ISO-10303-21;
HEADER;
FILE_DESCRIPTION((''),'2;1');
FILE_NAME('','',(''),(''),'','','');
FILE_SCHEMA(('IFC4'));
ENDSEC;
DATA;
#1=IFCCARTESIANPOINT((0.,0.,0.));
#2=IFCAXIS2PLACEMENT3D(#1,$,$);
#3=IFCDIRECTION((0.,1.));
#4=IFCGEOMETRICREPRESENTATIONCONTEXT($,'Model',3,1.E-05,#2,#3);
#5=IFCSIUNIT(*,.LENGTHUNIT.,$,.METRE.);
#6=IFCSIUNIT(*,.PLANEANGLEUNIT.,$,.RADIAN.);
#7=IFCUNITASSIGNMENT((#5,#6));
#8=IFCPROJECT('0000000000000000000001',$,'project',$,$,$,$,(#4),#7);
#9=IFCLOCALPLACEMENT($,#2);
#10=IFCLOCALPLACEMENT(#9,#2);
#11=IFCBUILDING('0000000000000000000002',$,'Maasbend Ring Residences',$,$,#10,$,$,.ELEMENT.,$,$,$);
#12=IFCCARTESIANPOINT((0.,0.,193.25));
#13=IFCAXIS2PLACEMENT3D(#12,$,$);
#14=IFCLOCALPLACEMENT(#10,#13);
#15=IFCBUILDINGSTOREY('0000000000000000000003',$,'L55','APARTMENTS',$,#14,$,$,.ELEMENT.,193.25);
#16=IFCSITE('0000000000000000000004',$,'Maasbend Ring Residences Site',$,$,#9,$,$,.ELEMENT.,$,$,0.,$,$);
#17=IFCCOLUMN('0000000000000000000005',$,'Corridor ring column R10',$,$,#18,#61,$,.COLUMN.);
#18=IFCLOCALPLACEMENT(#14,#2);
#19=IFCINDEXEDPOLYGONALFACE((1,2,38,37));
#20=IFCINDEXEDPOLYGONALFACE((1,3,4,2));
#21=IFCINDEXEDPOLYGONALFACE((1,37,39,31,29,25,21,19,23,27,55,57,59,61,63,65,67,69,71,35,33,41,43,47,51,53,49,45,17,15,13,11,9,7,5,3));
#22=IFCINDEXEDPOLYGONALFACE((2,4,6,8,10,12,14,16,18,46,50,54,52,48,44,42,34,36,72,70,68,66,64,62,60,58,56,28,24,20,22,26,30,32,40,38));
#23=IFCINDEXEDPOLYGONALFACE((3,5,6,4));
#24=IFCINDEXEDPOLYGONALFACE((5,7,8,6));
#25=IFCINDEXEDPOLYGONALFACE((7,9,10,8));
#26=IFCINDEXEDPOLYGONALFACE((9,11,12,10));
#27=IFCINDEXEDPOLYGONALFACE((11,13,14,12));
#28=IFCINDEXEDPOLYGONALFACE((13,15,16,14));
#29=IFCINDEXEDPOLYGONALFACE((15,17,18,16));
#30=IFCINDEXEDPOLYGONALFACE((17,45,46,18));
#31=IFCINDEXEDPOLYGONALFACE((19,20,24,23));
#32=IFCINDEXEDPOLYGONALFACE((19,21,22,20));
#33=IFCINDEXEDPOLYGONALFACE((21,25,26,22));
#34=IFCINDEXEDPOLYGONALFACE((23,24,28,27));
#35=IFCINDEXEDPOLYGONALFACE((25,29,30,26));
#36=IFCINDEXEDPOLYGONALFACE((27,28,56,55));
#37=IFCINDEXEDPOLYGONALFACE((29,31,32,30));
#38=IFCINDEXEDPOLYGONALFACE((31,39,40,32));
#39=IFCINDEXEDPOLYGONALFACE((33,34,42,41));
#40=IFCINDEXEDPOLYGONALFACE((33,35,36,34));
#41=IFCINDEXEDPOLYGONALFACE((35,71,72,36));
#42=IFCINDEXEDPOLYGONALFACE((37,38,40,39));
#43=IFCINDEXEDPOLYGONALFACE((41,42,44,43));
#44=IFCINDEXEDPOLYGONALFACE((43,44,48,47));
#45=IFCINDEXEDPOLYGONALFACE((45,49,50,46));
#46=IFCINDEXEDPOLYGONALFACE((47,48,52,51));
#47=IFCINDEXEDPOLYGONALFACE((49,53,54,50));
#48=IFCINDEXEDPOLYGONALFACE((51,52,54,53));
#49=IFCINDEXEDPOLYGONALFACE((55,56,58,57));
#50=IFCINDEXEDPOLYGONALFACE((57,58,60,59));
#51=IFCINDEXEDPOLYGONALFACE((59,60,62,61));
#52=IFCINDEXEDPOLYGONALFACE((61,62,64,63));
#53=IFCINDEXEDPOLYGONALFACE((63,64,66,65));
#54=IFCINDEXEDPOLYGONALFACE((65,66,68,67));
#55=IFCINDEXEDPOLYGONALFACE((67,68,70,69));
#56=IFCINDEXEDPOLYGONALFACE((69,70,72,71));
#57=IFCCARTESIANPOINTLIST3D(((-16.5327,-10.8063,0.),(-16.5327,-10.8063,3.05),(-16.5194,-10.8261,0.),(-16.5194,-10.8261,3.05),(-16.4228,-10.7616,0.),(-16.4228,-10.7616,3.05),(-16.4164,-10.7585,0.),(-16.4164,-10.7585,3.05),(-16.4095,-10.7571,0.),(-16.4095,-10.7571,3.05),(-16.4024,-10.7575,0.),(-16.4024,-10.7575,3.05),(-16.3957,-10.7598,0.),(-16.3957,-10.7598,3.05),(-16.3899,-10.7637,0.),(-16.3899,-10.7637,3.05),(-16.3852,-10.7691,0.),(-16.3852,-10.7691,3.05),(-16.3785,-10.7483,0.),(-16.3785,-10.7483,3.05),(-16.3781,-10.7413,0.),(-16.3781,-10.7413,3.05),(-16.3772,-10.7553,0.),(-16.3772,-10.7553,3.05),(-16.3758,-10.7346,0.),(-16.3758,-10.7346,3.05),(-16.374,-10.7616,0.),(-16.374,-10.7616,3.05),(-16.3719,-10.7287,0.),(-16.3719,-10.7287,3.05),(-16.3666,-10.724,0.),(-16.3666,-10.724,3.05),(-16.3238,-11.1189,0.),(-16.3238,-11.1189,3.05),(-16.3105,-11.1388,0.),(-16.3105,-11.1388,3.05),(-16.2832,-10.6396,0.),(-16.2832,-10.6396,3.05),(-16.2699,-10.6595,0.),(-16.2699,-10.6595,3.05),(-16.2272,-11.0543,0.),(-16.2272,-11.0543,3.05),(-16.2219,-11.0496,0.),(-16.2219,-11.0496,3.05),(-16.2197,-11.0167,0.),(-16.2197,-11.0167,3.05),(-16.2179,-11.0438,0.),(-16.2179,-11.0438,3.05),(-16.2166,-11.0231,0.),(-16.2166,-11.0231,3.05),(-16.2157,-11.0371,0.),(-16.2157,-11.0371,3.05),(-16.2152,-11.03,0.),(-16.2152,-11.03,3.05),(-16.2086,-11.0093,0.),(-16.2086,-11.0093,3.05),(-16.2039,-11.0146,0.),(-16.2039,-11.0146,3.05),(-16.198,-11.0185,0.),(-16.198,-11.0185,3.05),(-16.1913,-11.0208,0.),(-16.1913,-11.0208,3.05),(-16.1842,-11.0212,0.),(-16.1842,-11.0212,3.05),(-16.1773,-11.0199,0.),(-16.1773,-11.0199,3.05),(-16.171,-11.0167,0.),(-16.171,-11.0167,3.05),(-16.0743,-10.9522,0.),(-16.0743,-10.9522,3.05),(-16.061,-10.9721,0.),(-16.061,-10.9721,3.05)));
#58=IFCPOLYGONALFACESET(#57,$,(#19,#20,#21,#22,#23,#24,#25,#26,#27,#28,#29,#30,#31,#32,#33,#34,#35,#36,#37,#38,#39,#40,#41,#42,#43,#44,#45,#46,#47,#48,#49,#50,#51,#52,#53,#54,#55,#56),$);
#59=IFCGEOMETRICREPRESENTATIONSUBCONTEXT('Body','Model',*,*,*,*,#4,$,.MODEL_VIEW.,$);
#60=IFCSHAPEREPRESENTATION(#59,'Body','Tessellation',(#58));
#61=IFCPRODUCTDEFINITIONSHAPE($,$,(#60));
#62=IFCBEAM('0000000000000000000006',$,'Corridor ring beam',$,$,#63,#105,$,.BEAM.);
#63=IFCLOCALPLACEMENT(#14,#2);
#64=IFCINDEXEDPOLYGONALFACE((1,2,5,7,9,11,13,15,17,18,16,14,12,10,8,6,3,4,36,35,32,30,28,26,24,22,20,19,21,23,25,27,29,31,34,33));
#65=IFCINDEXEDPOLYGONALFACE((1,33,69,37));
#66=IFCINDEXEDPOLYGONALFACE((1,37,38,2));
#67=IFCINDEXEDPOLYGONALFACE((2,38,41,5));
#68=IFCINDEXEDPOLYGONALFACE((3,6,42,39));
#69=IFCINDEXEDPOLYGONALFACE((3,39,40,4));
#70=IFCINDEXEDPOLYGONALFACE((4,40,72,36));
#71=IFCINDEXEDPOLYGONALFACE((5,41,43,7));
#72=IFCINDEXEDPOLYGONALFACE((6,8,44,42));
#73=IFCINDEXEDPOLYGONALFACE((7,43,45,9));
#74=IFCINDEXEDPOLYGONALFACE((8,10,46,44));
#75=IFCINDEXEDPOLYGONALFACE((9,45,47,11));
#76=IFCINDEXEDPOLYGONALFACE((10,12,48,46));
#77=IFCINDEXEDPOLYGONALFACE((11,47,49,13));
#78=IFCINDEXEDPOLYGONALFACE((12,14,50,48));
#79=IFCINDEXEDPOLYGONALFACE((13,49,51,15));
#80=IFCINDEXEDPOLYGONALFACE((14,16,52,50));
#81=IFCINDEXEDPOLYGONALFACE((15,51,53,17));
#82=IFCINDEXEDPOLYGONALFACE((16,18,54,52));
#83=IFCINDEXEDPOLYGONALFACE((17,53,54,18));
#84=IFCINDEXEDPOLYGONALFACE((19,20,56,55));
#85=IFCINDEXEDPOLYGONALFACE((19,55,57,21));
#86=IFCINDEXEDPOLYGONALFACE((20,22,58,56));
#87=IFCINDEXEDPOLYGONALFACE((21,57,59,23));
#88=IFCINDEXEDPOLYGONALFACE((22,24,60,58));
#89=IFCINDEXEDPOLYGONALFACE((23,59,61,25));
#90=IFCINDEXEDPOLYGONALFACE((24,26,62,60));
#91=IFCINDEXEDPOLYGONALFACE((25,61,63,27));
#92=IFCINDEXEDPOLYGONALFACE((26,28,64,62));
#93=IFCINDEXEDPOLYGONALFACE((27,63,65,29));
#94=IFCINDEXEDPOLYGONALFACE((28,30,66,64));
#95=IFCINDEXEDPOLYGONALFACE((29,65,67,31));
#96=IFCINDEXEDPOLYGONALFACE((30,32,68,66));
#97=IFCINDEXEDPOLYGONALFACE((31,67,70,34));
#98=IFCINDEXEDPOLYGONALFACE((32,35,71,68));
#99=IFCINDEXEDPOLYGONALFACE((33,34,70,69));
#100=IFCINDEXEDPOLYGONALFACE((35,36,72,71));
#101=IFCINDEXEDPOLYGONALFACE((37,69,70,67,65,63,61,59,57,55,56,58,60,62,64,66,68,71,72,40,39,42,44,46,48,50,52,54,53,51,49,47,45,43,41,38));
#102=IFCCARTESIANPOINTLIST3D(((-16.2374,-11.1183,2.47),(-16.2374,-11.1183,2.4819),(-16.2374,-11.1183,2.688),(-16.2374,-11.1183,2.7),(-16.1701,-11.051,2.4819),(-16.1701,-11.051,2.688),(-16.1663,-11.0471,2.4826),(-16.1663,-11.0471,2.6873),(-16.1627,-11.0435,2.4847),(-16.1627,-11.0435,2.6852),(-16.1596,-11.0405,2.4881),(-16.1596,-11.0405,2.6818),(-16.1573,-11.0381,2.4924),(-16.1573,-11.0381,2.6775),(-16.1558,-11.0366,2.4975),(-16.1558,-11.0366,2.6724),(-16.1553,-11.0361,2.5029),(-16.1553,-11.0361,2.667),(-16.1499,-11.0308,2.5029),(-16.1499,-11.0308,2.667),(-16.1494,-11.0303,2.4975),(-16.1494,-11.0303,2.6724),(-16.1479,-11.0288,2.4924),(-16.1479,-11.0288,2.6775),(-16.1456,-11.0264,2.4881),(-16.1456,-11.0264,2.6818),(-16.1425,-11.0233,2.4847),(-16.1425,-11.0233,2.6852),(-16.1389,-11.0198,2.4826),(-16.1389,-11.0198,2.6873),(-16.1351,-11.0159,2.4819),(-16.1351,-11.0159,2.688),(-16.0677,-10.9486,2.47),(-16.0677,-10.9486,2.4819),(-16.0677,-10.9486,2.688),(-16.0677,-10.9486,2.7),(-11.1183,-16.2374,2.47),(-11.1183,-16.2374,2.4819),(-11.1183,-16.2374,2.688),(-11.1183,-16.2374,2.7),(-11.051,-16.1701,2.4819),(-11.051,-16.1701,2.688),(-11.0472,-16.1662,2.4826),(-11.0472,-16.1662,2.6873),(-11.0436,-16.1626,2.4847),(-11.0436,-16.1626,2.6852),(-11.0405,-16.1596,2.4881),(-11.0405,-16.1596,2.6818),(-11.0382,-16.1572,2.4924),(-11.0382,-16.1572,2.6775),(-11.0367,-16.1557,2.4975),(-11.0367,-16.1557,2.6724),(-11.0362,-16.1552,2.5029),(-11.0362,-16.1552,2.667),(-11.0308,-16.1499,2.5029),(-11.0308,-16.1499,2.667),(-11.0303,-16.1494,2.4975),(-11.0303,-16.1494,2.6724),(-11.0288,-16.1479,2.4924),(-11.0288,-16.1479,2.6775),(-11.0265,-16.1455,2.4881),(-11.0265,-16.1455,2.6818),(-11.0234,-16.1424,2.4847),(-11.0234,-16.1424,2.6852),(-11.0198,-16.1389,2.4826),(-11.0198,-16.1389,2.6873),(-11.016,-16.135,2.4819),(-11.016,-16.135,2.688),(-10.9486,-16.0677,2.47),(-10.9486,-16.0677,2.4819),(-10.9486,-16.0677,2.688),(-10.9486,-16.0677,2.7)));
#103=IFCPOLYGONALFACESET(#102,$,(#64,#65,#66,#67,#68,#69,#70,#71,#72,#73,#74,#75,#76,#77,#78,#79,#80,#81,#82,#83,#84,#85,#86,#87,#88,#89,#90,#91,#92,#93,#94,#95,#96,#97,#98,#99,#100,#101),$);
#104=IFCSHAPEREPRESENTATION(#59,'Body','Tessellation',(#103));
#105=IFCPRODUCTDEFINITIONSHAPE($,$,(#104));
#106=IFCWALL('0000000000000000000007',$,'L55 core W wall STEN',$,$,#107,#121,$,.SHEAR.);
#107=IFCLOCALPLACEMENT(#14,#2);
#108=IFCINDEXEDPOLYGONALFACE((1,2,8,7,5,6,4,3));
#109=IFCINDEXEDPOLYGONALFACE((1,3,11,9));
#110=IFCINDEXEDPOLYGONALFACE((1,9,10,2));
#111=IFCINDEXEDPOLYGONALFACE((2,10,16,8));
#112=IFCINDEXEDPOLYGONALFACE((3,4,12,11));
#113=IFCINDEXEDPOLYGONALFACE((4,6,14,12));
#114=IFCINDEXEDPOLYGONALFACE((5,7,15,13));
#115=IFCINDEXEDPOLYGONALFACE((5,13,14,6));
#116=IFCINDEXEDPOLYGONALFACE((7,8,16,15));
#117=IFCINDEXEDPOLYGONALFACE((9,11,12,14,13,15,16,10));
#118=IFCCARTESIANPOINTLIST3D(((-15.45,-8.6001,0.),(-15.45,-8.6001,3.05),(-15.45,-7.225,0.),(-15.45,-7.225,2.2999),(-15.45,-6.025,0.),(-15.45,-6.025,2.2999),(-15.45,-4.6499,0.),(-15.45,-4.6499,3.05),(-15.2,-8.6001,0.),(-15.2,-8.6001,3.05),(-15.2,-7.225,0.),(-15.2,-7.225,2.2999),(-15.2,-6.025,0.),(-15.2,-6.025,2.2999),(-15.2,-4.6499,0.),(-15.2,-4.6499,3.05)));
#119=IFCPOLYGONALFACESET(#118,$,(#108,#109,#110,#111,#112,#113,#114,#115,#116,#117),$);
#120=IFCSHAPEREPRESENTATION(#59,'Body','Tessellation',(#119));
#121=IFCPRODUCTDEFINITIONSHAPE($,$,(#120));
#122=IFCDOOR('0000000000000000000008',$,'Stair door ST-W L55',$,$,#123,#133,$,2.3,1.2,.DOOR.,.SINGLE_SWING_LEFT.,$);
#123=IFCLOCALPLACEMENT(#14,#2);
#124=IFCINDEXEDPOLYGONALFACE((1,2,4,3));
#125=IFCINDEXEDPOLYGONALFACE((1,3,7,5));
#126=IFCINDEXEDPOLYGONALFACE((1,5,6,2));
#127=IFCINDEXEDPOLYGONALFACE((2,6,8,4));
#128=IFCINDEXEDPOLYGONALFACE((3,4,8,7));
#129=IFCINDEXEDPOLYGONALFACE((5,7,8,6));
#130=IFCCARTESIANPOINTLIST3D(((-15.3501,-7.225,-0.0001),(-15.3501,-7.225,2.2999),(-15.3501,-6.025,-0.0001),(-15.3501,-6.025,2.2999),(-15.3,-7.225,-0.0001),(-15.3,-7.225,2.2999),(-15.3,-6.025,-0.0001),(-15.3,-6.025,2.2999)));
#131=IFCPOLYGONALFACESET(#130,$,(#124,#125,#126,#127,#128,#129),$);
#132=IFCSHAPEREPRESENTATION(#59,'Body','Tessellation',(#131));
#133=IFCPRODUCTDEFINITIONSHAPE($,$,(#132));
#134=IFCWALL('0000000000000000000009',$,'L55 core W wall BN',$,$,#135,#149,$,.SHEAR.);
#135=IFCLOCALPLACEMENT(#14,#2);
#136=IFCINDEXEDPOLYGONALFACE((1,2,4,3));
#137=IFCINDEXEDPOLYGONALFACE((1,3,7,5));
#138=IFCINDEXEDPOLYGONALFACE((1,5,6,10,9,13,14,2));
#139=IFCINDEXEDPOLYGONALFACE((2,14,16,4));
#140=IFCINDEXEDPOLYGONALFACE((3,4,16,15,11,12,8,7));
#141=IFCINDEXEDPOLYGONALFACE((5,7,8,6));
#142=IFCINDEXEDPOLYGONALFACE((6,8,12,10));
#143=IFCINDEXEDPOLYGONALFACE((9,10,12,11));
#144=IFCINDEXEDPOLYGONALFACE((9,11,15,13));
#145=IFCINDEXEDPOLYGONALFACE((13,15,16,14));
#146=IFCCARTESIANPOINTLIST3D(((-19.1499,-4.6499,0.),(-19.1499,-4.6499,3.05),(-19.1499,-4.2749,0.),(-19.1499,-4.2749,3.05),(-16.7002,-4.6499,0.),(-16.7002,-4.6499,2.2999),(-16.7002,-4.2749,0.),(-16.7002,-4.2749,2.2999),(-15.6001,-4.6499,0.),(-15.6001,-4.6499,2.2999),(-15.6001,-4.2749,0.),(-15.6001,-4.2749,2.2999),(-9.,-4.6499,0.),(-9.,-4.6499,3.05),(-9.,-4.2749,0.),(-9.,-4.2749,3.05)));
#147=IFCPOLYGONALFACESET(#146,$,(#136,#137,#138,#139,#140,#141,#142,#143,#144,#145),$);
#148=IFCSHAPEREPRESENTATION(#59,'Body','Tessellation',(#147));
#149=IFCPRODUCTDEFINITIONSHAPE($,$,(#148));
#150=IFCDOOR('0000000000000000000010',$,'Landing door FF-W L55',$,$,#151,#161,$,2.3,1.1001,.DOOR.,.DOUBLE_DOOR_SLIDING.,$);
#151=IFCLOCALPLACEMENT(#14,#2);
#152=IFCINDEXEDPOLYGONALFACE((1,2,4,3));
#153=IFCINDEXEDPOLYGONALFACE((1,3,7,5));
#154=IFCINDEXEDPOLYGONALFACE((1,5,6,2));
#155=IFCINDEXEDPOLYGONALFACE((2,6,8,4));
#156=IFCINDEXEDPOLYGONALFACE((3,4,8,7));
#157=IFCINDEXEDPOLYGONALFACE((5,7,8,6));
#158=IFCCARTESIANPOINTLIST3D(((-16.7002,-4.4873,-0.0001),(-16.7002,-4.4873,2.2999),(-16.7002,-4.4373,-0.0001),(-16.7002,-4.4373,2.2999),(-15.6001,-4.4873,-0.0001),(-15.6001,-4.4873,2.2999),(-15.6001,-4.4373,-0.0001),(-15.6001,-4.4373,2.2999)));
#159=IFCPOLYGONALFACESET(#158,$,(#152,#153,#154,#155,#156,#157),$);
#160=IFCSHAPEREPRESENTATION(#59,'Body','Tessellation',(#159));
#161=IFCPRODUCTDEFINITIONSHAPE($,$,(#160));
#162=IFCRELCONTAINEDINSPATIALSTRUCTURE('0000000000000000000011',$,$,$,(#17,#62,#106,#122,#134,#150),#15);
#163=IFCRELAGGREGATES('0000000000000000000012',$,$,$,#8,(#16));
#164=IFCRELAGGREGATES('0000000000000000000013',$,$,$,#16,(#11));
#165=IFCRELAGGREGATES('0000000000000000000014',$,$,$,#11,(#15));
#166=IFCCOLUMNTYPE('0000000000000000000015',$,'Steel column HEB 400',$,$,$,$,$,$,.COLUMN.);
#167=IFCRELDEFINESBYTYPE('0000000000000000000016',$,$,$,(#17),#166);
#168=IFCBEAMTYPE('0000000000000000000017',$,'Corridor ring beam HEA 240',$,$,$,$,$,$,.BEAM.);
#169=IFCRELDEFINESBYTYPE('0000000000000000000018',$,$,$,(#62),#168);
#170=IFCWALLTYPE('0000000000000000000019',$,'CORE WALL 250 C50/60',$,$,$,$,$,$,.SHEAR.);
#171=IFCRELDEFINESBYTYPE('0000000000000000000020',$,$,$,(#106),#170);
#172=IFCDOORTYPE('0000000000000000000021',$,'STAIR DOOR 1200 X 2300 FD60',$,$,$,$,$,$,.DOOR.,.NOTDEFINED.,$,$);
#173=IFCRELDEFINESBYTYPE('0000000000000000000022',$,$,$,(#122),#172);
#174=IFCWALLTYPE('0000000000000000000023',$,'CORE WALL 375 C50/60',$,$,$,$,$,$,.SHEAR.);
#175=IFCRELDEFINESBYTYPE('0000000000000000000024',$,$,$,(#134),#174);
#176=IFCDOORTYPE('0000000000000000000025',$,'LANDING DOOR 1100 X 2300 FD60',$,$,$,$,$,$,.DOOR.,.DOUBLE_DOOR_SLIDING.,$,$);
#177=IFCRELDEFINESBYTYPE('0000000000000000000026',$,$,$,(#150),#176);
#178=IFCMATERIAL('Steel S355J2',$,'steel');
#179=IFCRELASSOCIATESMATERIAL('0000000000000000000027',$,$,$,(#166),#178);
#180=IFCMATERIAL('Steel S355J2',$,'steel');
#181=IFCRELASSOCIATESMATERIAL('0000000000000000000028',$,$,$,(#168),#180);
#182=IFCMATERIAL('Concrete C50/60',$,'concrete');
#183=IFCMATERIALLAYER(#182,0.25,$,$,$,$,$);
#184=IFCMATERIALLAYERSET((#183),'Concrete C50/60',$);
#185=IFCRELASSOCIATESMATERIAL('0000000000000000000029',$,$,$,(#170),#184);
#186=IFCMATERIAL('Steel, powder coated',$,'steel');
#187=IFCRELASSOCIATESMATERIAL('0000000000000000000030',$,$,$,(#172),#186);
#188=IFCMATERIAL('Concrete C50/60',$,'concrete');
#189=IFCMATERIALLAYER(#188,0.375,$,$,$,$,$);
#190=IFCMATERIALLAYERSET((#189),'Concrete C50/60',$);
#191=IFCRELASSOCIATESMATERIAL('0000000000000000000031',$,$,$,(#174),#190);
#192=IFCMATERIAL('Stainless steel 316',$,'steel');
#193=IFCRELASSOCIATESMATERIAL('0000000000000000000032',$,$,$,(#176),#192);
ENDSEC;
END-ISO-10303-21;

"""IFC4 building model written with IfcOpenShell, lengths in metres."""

from ifc_helpers import new_model, si_unit, direction, frame, frame_2d, origin, origin_2d, place, context, subcontext, project, spatial, rectangle, i_section, extrude, material, layer, layer_set, material_profile, profile_set, type_object, element, fill, save


model = new_model("IFC4")

# Units and contexts
model_context = context("Model", 3, precision=1e-05, world=origin(), true_north=direction((0.0, 1.0)))
body_context = subcontext(model_context, "Body", "Model", "MODEL_VIEW")
ifc_project = project(units=[si_unit("LENGTHUNIT", "METRE"), si_unit("PLANEANGLEUNIT", "RADIAN")], contexts=[model_context])

# Site, building, storey
site_placement = place(None, origin())
site = spatial("IfcSite", under=ifc_project, at=site_placement, Name="Maasbend Ring Residences Site", CompositionType="ELEMENT", RefElevation=0.0)
building_placement = place(site_placement, origin())
building = spatial("IfcBuilding", under=site, at=building_placement, Name="Maasbend Ring Residences", CompositionType="ELEMENT")
storey_placement = place(building_placement, frame((0.0, 0.0, 193.25)))
storey = spatial("IfcBuildingStorey", under=building, at=storey_placement, Name="L55", Description="APARTMENTS", CompositionType="ELEMENT", Elevation=193.25)

# Column
ifc_material_1 = material(Name="Steel S355J2", Category="steel")
ifc_material_profile_1 = material_profile(ifc_material_1, i_section(OverallWidth=0.3, OverallDepth=0.3999, WebThickness=0.0134, FlangeThickness=0.0239, FilletRadius=0.0271, at=origin_2d()), Name="HEB 400")
ifc_profile_set_1 = profile_set([ifc_material_profile_1], Name="Steel S355J2")
column_type = type_object("IfcColumnType", Name="Steel column HEB 400", PredefinedType="COLUMN", material=ifc_profile_set_1)
column_placement = place(storey_placement, frame((-16.2969, -10.8892, 0.0), z_axis=(0.0, 0.0, 1.0), x_axis=(-0.83147, -0.55557, 0.0)))
element("IfcColumn", 1, at=column_placement, inside=storey, type_object=column_type, Name="Corridor ring column R10", PredefinedType="COLUMN", context=body_context, shape_type="SweptSolid", body=[
    extrude(i_section(OverallWidth=0.3, OverallDepth=0.3999, WebThickness=0.0134, FlangeThickness=0.0239, FilletRadius=0.0271, at=origin_2d()), origin(), (0.0, 0.0, 1.0), 3.05),
])

# Beam
ifc_material_2 = material(Name="Steel S355J2", Category="steel")
ifc_material_profile_2 = material_profile(ifc_material_2, i_section(OverallWidth=0.24, OverallDepth=0.23, WebThickness=0.0076, FlangeThickness=0.012, FilletRadius=0.021, at=origin_2d()), Name="HEA 240")
ifc_profile_set_2 = profile_set([ifc_material_profile_2], Name="Steel S355J2")
beam_type = type_object("IfcBeamType", Name="Corridor ring beam HEA 240", PredefinedType="BEAM", material=ifc_profile_set_2)
beam_placement = place(storey_placement, frame((-16.1526, -11.0334, 2.585), z_axis=(0.707107, -0.707107, 0.0), x_axis=(0.707107, 0.707107, 0.0)))
element("IfcBeam", 2, at=beam_placement, inside=storey, type_object=beam_type, Name="Corridor ring beam", PredefinedType="BEAM", context=body_context, shape_type="SweptSolid", body=[
    extrude(i_section(OverallWidth=0.24, OverallDepth=0.23, WebThickness=0.0076, FlangeThickness=0.012, FilletRadius=0.021, at=origin_2d()), origin(), (0.0, 0.0, 1.0), 7.2395),
])

# Walls, openings, doors
ifc_material_3 = material(Name="Concrete C50/60", Category="concrete")
ifc_layer_1 = layer(ifc_material_3, 0.25)
ifc_layer_set_1 = layer_set([ifc_layer_1], Name="Concrete C50/60")
wall_type_1 = type_object("IfcWallType", Name="CORE WALL 250 C50/60", PredefinedType="SHEAR", material=ifc_layer_set_1)
wall_1_placement = place(storey_placement, frame((-15.325, -4.6499, 0.0), z_axis=(0.0, 0.0, 1.0), x_axis=(0.0, -1.0, 0.0)))
wall_1 = element("IfcWall", 3, at=wall_1_placement, inside=storey, type_object=wall_type_1, Name="L55 core W wall STEN", PredefinedType="SHEAR", context=body_context, shape_type="SweptSolid", body=[
    extrude(rectangle(XDim=3.9502, YDim=0.25, at=frame_2d((1.9751, 0.0))), origin(), (0.0, 0.0, 1.0), 3.05),
])
opening_1_placement = place(wall_1_placement, frame((1.375, 0.0, 0.0)))
opening_1 = element("IfcOpeningElement", 4, at=opening_1_placement, cuts=wall_1, PredefinedType="OPENING", context=body_context, shape_type="SweptSolid", body=[
    extrude(rectangle(XDim=1.2, YDim=2.3, at=frame_2d((0.6001, 1.1499))), frame((0.0, 0.135, 0.0), z_axis=(0.0, -1.0, 0.0), x_axis=(1.0, 0.0, 0.0)), (0.0, 0.0, 1.0), 0.27),
])
ifc_material_4 = material(Name="Steel, powder coated", Category="steel")
door_type_1 = type_object("IfcDoorType", Name="STAIR DOOR 1200 X 2300 FD60", OperationType="NOTDEFINED", PredefinedType="DOOR", material=ifc_material_4)
door_1_placement = place(opening_1_placement, origin())
door_1 = element("IfcDoor", 5, at=door_1_placement, inside=storey, type_object=door_type_1, Name="Stair door ST-W L55", OperationType="SINGLE_SWING_LEFT", OverallHeight=2.3, OverallWidth=1.2, PredefinedType="DOOR", context=body_context, shape_type="SweptSolid", body=[
    extrude(rectangle(XDim=1.2, YDim=2.3, at=frame_2d((0.6001, 1.1499))), frame((0.0, 0.0249, 0.0), z_axis=(0.0, -1.0, 0.0), x_axis=(1.0, 0.0, 0.0)), (0.0, 0.0, 1.0), 0.05),
])
fill(opening_1, door_1)
ifc_material_5 = material(Name="Concrete C50/60", Category="concrete")
ifc_layer_2 = layer(ifc_material_5, 0.375)
ifc_layer_set_2 = layer_set([ifc_layer_2], Name="Concrete C50/60")
wall_type_2 = type_object("IfcWallType", Name="CORE WALL 375 C50/60", PredefinedType="SHEAR", material=ifc_layer_set_2)
wall_2_placement = place(storey_placement, frame((-9.0, -4.4624, 0.0), z_axis=(0.0, 0.0, 1.0), x_axis=(-1.0, 0.0, 0.0)))
wall_2 = element("IfcWall", 6, at=wall_2_placement, inside=storey, type_object=wall_type_2, Name="L55 core W wall BN", PredefinedType="SHEAR", context=body_context, shape_type="SweptSolid", body=[
    extrude(rectangle(XDim=10.1499, YDim=0.375, at=frame_2d((5.075, 0.0))), origin(), (0.0, 0.0, 1.0), 3.05),
])
opening_2_placement = place(wall_2_placement, frame((6.6001, 0.0, 0.0)))
opening_2 = element("IfcOpeningElement", 7, at=opening_2_placement, cuts=wall_2, PredefinedType="OPENING", context=body_context, shape_type="SweptSolid", body=[
    extrude(rectangle(XDim=1.1001, YDim=2.3, at=frame_2d((0.55, 1.1499))), frame((0.0, 0.1975, 0.0), z_axis=(0.0, -1.0, 0.0), x_axis=(1.0, 0.0, 0.0)), (0.0, 0.0, 1.0), 0.395),
])
ifc_material_6 = material(Name="Stainless steel 316", Category="steel")
door_type_2 = type_object("IfcDoorType", Name="LANDING DOOR 1100 X 2300 FD60", OperationType="DOUBLE_DOOR_SLIDING", PredefinedType="DOOR", material=ifc_material_6)
door_2_placement = place(opening_2_placement, origin())
door_2 = element("IfcDoor", 8, at=door_2_placement, inside=storey, type_object=door_type_2, Name="Landing door FF-W L55", OperationType="DOUBLE_DOOR_SLIDING", OverallHeight=2.3, OverallWidth=1.1001, PredefinedType="DOOR", context=body_context, shape_type="SweptSolid", body=[
    extrude(rectangle(XDim=1.1001, YDim=2.3, at=frame_2d((0.55, 1.1499))), frame((0.0, 0.0249, 0.0), z_axis=(0.0, -1.0, 0.0), x_axis=(1.0, 0.0, 0.0)), (0.0, 0.0, 1.0), 0.05),
])
fill(opening_2, door_2)

save(model, "model.ifc")
